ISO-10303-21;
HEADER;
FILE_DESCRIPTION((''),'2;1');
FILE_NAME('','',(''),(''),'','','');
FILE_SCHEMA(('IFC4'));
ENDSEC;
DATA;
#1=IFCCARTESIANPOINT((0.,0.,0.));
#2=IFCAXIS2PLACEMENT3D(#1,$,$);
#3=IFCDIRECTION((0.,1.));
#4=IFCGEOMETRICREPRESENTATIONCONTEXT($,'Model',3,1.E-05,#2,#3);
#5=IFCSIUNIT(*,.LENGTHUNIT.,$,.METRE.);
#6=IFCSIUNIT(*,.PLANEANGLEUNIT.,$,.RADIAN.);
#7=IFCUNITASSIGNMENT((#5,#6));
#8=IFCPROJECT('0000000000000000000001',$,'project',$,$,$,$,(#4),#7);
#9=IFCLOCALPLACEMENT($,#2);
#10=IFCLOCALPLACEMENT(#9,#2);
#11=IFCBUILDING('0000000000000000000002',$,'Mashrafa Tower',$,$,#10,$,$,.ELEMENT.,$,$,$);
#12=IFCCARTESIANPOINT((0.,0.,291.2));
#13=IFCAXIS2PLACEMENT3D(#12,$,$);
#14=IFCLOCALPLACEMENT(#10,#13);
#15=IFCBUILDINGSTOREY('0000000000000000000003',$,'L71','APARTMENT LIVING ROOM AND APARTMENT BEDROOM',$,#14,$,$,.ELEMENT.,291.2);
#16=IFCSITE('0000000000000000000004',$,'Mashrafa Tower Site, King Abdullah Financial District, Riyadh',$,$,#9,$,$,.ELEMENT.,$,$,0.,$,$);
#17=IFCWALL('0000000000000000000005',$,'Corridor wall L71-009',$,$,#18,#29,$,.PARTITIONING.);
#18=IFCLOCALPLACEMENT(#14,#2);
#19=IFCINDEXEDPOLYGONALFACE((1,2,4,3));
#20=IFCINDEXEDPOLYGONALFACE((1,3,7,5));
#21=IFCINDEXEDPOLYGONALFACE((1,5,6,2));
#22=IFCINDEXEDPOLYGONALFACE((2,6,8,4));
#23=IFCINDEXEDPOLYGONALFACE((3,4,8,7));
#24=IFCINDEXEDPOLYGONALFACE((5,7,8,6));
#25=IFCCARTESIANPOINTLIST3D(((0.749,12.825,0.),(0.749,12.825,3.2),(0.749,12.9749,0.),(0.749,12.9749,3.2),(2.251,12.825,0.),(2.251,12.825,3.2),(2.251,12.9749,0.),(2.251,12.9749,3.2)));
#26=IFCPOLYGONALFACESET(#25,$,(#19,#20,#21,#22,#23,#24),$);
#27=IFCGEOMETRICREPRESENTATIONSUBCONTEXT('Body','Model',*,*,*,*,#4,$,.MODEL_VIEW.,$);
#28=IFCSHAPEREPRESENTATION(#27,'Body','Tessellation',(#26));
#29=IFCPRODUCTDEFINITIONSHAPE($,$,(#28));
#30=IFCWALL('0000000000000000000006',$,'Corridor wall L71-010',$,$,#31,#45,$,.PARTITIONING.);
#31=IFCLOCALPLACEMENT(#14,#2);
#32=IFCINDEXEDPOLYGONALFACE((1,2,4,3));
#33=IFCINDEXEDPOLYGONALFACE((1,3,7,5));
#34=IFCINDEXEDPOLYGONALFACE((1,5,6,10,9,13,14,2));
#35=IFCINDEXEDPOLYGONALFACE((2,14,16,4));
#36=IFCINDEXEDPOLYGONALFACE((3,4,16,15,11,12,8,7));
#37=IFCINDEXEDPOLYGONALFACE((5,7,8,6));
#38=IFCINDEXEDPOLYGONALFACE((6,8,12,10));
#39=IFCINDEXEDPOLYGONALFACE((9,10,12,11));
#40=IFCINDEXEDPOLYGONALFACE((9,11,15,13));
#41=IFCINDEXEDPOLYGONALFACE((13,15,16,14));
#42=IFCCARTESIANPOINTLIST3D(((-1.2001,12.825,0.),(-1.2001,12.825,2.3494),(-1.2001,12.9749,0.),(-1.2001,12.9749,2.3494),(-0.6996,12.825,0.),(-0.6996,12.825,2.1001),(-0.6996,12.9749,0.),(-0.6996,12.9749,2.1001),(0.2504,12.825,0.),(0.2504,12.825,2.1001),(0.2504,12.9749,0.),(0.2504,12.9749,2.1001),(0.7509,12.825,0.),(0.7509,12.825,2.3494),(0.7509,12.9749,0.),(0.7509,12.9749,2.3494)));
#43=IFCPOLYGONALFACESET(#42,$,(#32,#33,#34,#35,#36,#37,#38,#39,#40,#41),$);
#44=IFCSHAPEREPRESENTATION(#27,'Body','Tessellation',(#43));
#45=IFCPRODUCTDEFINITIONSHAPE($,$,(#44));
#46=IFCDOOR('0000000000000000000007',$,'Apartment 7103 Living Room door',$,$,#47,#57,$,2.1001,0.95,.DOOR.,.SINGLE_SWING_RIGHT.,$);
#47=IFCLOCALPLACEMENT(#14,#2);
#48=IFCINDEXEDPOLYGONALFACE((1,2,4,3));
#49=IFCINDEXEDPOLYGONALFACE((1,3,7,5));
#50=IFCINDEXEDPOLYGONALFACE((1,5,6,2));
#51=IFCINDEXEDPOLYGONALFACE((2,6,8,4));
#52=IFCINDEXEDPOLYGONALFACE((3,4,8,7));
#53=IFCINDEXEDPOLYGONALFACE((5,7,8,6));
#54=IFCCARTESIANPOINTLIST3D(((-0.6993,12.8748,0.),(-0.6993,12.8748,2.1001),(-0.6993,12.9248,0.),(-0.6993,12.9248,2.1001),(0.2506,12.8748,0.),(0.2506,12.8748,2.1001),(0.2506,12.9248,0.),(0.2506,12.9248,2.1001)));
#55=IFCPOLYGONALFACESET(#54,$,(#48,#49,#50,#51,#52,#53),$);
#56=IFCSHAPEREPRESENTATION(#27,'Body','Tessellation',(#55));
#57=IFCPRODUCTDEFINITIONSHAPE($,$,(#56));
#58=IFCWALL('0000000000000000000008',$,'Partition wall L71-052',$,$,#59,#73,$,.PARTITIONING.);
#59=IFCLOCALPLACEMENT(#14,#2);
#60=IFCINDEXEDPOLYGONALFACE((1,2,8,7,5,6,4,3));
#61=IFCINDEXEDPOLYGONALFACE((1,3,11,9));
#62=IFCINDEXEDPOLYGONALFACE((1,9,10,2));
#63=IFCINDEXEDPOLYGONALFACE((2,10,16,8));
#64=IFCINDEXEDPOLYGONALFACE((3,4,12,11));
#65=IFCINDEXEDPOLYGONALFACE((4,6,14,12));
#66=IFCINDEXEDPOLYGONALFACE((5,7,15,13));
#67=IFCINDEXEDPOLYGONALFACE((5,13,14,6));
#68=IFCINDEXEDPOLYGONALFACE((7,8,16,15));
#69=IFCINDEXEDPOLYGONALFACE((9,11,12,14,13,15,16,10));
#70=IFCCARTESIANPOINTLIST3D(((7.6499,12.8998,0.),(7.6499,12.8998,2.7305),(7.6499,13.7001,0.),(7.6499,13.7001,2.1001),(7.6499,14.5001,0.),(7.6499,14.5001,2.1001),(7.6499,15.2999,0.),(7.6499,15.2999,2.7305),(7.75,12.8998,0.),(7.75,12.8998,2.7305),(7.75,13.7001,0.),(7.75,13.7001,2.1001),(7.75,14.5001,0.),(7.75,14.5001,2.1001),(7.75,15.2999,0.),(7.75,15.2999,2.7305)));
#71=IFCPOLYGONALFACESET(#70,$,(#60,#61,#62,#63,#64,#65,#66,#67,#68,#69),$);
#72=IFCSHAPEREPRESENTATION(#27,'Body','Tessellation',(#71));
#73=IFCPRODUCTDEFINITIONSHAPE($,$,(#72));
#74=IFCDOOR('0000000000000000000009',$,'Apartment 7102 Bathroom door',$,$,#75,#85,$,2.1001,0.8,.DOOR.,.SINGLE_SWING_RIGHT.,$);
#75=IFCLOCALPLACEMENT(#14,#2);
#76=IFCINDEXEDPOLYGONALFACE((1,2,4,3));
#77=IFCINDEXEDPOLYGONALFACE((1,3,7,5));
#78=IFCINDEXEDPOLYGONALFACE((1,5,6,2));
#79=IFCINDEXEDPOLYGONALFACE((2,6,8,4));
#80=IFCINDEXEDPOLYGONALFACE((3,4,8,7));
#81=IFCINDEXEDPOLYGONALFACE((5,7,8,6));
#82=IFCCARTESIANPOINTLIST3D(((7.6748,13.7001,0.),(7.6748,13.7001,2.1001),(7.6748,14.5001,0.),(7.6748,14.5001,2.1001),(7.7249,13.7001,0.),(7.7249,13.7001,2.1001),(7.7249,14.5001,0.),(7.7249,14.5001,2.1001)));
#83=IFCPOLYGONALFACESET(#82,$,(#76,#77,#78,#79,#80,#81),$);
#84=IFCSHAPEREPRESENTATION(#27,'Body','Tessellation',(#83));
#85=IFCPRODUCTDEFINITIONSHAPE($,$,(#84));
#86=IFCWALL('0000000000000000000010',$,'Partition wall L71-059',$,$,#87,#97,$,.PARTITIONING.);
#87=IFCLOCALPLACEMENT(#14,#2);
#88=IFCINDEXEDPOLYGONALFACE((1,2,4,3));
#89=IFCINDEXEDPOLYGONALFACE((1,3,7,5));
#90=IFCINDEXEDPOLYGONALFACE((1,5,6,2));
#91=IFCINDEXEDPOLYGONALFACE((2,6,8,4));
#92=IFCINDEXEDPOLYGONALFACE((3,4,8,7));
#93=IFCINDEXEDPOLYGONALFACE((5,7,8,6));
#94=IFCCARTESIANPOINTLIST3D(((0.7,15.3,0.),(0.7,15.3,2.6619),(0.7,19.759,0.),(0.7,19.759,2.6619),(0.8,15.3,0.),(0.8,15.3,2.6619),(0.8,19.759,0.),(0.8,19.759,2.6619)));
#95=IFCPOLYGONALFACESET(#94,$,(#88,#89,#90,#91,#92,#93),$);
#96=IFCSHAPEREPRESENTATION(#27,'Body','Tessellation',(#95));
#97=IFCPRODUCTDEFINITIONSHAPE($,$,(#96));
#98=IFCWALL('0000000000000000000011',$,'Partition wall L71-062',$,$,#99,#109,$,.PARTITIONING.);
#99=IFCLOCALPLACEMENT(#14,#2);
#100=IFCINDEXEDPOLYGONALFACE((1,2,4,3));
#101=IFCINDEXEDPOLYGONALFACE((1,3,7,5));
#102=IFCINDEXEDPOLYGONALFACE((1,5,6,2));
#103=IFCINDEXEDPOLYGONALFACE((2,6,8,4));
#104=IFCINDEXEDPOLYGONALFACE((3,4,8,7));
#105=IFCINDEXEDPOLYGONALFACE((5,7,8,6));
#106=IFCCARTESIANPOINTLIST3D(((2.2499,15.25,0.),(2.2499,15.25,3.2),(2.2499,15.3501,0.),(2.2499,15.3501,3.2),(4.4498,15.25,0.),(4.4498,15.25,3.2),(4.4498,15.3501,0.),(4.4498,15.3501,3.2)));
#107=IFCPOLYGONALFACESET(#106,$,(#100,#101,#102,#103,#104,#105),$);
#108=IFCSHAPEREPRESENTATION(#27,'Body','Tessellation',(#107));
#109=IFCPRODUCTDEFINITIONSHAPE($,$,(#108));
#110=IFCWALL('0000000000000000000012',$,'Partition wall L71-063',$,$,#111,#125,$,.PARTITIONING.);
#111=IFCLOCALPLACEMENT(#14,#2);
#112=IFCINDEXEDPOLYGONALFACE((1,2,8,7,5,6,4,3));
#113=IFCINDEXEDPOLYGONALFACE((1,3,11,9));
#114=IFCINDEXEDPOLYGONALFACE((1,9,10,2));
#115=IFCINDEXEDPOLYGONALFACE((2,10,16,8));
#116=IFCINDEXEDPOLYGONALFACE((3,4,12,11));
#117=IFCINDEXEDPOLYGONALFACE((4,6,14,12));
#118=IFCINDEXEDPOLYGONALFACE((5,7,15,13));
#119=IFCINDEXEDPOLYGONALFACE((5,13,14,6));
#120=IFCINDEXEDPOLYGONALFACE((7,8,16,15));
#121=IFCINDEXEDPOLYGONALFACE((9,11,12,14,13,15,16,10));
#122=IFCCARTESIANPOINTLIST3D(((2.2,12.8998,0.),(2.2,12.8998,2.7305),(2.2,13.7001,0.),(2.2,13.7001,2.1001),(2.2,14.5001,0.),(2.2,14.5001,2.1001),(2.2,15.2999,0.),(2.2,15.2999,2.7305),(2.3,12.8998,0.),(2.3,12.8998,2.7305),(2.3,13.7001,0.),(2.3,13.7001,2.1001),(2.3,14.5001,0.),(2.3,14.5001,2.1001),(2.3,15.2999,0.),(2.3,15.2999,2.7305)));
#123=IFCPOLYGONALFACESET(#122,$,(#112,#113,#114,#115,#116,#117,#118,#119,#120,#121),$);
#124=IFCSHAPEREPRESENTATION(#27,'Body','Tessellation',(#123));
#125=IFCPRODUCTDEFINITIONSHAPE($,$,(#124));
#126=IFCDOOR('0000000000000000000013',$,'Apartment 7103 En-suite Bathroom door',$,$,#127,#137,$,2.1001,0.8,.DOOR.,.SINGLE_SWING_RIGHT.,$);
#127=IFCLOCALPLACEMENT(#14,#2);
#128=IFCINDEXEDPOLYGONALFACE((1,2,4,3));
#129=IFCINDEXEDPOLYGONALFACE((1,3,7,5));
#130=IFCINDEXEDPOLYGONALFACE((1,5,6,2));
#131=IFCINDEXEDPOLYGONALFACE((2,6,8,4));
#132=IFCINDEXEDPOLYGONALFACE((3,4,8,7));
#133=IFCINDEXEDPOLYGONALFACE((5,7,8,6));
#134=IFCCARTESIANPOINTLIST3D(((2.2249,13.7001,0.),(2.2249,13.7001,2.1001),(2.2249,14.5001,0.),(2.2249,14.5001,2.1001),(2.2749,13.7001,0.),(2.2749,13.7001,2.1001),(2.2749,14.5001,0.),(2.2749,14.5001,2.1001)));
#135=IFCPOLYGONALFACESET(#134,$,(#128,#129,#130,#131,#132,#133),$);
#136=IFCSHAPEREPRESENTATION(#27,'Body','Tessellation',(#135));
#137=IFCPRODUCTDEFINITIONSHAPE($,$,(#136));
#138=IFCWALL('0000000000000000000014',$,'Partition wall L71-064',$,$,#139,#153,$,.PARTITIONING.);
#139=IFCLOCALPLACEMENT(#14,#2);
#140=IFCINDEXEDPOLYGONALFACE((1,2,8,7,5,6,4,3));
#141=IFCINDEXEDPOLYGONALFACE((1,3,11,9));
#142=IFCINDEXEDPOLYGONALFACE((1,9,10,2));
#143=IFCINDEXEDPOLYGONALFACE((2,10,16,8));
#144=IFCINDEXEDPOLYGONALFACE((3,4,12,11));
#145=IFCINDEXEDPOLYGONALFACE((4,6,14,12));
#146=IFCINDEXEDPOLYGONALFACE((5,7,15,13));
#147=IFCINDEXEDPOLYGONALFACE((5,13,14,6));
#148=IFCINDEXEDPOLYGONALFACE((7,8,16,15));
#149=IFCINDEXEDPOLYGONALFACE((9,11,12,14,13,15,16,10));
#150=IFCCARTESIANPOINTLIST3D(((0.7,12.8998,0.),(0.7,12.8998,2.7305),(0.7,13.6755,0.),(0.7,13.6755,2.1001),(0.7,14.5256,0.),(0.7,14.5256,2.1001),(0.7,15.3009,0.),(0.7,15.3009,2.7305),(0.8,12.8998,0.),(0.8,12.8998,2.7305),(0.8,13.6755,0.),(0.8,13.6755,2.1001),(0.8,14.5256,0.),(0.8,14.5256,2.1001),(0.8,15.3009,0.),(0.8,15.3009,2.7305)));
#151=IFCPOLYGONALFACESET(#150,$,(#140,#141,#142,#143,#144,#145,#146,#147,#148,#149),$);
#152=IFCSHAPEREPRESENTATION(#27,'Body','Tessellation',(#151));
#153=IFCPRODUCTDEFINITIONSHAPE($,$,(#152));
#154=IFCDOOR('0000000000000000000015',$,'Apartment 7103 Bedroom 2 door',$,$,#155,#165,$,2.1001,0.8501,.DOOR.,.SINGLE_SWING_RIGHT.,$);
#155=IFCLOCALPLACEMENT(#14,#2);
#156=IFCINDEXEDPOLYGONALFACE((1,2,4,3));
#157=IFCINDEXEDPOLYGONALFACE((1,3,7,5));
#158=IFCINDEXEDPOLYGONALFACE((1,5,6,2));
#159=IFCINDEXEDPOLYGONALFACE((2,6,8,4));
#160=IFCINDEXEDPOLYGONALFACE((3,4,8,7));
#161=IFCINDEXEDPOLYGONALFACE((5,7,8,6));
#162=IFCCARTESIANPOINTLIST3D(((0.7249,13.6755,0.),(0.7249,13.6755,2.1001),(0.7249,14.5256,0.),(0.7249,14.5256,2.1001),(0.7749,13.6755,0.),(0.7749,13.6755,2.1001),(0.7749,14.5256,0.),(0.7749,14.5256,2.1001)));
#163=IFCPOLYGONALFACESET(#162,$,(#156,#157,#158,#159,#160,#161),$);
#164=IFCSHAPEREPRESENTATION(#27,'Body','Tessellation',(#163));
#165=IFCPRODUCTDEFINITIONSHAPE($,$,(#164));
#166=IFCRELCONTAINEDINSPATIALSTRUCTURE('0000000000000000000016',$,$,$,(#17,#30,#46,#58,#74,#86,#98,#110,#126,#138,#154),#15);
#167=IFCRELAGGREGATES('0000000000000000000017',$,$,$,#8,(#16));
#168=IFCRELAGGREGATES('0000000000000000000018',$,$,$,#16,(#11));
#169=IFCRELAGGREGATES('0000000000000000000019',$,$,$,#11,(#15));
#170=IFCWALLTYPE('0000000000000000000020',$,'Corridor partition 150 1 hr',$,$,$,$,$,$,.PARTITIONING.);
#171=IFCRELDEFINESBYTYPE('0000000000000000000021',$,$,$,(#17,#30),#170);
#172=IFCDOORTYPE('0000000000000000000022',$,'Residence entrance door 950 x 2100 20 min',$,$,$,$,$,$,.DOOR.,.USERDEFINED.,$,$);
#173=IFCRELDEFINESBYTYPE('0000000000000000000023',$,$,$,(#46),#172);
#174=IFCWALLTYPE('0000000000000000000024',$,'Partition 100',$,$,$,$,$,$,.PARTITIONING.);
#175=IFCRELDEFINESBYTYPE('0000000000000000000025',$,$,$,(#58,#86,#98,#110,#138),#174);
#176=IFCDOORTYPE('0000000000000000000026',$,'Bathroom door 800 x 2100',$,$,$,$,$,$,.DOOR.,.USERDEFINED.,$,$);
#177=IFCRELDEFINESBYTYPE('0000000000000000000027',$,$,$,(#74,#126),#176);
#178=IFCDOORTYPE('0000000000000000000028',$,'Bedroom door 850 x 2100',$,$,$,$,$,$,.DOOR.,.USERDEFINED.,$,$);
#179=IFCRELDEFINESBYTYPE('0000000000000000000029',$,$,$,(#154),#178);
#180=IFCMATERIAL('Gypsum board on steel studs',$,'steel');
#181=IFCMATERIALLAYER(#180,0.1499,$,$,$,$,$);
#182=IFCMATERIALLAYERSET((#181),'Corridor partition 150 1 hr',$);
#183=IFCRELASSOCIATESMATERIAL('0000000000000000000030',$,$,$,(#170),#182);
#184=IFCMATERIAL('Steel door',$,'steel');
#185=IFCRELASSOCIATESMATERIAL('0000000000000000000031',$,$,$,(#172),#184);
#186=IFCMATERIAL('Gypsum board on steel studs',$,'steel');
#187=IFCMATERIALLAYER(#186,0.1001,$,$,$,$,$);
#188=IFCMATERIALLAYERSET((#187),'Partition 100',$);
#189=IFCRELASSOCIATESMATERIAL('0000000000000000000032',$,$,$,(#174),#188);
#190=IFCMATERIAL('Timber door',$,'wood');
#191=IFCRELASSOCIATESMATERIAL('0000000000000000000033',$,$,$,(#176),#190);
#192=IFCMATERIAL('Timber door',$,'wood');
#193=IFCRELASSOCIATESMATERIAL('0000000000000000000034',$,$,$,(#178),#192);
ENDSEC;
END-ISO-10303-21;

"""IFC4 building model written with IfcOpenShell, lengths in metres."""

from ifc_helpers import new_model, si_unit, direction, frame, frame_2d, origin, place, context, subcontext, project, spatial, rectangle, extrude, material, layer, layer_set, type_object, element, fill, save


model = new_model("IFC4")

# Units and contexts
model_context = context("Model", 3, precision=1e-05, world=origin(), true_north=direction((0.0, 1.0)))
body_context = subcontext(model_context, "Body", "Model", "MODEL_VIEW")
ifc_project = project(units=[si_unit("LENGTHUNIT", "METRE"), si_unit("PLANEANGLEUNIT", "RADIAN")], contexts=[model_context])

# Site, building, storey
site_placement = place(None, origin())
site = spatial("IfcSite", under=ifc_project, at=site_placement, Name="Mashrafa Tower Site, King Abdullah Financial District, Riyadh", CompositionType="ELEMENT", RefElevation=0.0)
building_placement = place(site_placement, origin())
building = spatial("IfcBuilding", under=site, at=building_placement, Name="Mashrafa Tower", CompositionType="ELEMENT")
storey_placement = place(building_placement, frame((0.0, 0.0, 291.2)))
storey = spatial("IfcBuildingStorey", under=building, at=storey_placement, Name="L71", Description="APARTMENT LIVING ROOM AND APARTMENT BEDROOM", CompositionType="ELEMENT", Elevation=291.2)

# Shared definitions
ifc_material_1 = material(Name="Gypsum board on steel studs", Category="steel")
ifc_layer_1 = layer(ifc_material_1, 0.1499)
ifc_layer_set_1 = layer_set([ifc_layer_1], Name="Corridor partition 150 1 hr")
wall_type_1 = type_object("IfcWallType", Name="Corridor partition 150 1 hr", PredefinedType="PARTITIONING", material=ifc_layer_set_1)

# Shared definitions
ifc_material_2 = material(Name="Steel door", Category="steel")
door_type_1 = type_object("IfcDoorType", Name="Residence entrance door 950 x 2100 20 min", OperationType="USERDEFINED", PredefinedType="DOOR", material=ifc_material_2)

# Wall
wall_1_placement = place(storey_placement, frame((2.251, 12.8999, 0.0), z_axis=(0.0, 0.0, 1.0), x_axis=(-1.0, 0.0, 0.0)))
element("IfcWall", 1, at=wall_1_placement, inside=storey, type_object=wall_type_1, Name="Corridor wall L71-009", PredefinedType="PARTITIONING", context=body_context, shape_type="SweptSolid", body=[
    extrude(rectangle(XDim=1.502, YDim=0.1499, at=frame_2d((0.751, 0.0))), origin(), (0.0, 0.0, 1.0), 3.2),
])

# Walls, openings, doors
wall_2_placement = place(storey_placement, frame((0.751, 12.8999, 0.0), z_axis=(0.0, 0.0, 1.0), x_axis=(-1.0, 0.0, 0.0)))
wall_2 = element("IfcWall", 2, at=wall_2_placement, inside=storey, type_object=wall_type_1, Name="Corridor wall L71-010", PredefinedType="PARTITIONING", context=body_context, shape_type="SweptSolid", body=[
    extrude(rectangle(XDim=1.9509, YDim=0.1499, at=frame_2d((0.9756, 0.0))), origin(), (0.0, 0.0, 1.0), 2.3494),
])
opening_1_placement = place(wall_2_placement, frame((0.5005, 0.0, 0.0)))
opening_1 = element("IfcOpeningElement", 3, at=opening_1_placement, cuts=wall_2, PredefinedType="OPENING", context=body_context, shape_type="SweptSolid", body=[
    extrude(rectangle(XDim=0.95, YDim=2.1001, at=frame_2d((0.4751, 1.05))), frame((0.0, 0.085, 0.0), z_axis=(0.0, -1.0, 0.0), x_axis=(1.0, 0.0, 0.0)), (0.0, 0.0, 1.0), 0.1699),
])
door_1_placement = place(opening_1_placement, frame((0.95, 0.0, 0.0), z_axis=(0.0, 0.0, 1.0), x_axis=(-1.0, 0.0, 0.0)))
door_1 = element("IfcDoor", 4, at=door_1_placement, inside=storey, type_object=door_type_1, Name="Apartment 7103 Living Room door", OperationType="SINGLE_SWING_RIGHT", OverallHeight=2.1001, OverallWidth=0.95, PredefinedType="DOOR", context=body_context, shape_type="SweptSolid", body=[
    extrude(rectangle(XDim=0.95, YDim=2.1001, at=frame_2d((0.4751, 1.05))), frame((0.0, 0.0249, 0.0), z_axis=(0.0, -1.0, 0.0), x_axis=(1.0, 0.0, 0.0)), (0.0, 0.0, 1.0), 0.05),
])
fill(opening_1, door_1)
ifc_material_3 = material(Name="Gypsum board on steel studs", Category="steel")
ifc_layer_2 = layer(ifc_material_3, 0.1001)
ifc_layer_set_2 = layer_set([ifc_layer_2], Name="Partition 100")
wall_type_2 = type_object("IfcWallType", Name="Partition 100", PredefinedType="PARTITIONING", material=ifc_layer_set_2)
wall_3_placement = place(storey_placement, frame((7.7, 15.3, 0.0), z_axis=(0.0, 0.0, 1.0), x_axis=(0.0, -1.0, 0.0)))
wall_3 = element("IfcWall", 5, at=wall_3_placement, inside=storey, type_object=wall_type_2, Name="Partition wall L71-052", PredefinedType="PARTITIONING", context=body_context, shape_type="SweptSolid", body=[
    extrude(rectangle(XDim=2.4001, YDim=0.1001, at=frame_2d((1.2002, 0.0))), origin(), (0.0, 0.0, 1.0), 2.7305),
])
opening_2_placement = place(wall_3_placement, frame((0.8, 0.0, 0.0)))
opening_2 = element("IfcOpeningElement", 6, at=opening_2_placement, cuts=wall_3, PredefinedType="OPENING", context=body_context, shape_type="SweptSolid", body=[
    extrude(rectangle(XDim=0.8, YDim=2.1001, at=frame_2d((0.3999, 1.05))), frame((0.0, 0.0601, 0.0), z_axis=(0.0, -1.0, 0.0), x_axis=(1.0, 0.0, 0.0)), (0.0, 0.0, 1.0), 0.1201),
])
ifc_material_4 = material(Name="Timber door", Category="wood")
door_type_2 = type_object("IfcDoorType", Name="Bathroom door 800 x 2100", OperationType="USERDEFINED", PredefinedType="DOOR", material=ifc_material_4)
door_2_placement = place(opening_2_placement, origin())
door_2 = element("IfcDoor", 7, at=door_2_placement, inside=storey, type_object=door_type_2, Name="Apartment 7102 Bathroom door", OperationType="SINGLE_SWING_RIGHT", OverallHeight=2.1001, OverallWidth=0.8, PredefinedType="DOOR", context=body_context, shape_type="SweptSolid", body=[
    extrude(rectangle(XDim=0.8, YDim=2.1001, at=frame_2d((0.3999, 1.05))), frame((0.0, 0.0249, 0.0), z_axis=(0.0, -1.0, 0.0), x_axis=(1.0, 0.0, 0.0)), (0.0, 0.0, 1.0), 0.05),
])
fill(opening_2, door_2)

# Walls
wall_4_placement = place(storey_placement, frame((0.75, 15.3, 0.0), z_axis=(0.0, 0.0, 1.0), x_axis=(0.0, 1.0, 0.0)))
element("IfcWall", 8, at=wall_4_placement, inside=storey, type_object=wall_type_2, Name="Partition wall L71-059", PredefinedType="PARTITIONING", context=body_context, shape_type="SweptSolid", body=[
    extrude(rectangle(XDim=4.459, YDim=0.1001, at=frame_2d((2.2295, 0.0))), origin(), (0.0, 0.0, 1.0), 2.6619),
])
wall_5_placement = place(storey_placement, frame((4.45, 15.3, 0.0), z_axis=(0.0, 0.0, 1.0), x_axis=(-1.0, 0.0, 0.0)))
element("IfcWall", 9, at=wall_5_placement, inside=storey, type_object=wall_type_2, Name="Partition wall L71-062", PredefinedType="PARTITIONING", context=body_context, shape_type="SweptSolid", body=[
    extrude(rectangle(XDim=2.2, YDim=0.1001, at=frame_2d((1.1001, 0.0))), origin(), (0.0, 0.0, 1.0), 3.2),
])

# Walls, openings, doors
wall_6_placement = place(storey_placement, frame((2.25, 15.3, 0.0), z_axis=(0.0, 0.0, 1.0), x_axis=(0.0, -1.0, 0.0)))
wall_6 = element("IfcWall", 10, at=wall_6_placement, inside=storey, type_object=wall_type_2, Name="Partition wall L71-063", PredefinedType="PARTITIONING", context=body_context, shape_type="SweptSolid", body=[
    extrude(rectangle(XDim=2.4001, YDim=0.1001, at=frame_2d((1.2002, 0.0))), origin(), (0.0, 0.0, 1.0), 2.7305),
])
opening_3_placement = place(wall_6_placement, frame((0.8, 0.0, 0.0)))
opening_3 = element("IfcOpeningElement", 11, at=opening_3_placement, cuts=wall_6, PredefinedType="OPENING", context=body_context, shape_type="SweptSolid", body=[
    extrude(rectangle(XDim=0.8, YDim=2.1001, at=frame_2d((0.3999, 1.05))), frame((0.0, 0.0601, 0.0), z_axis=(0.0, -1.0, 0.0), x_axis=(1.0, 0.0, 0.0)), (0.0, 0.0, 1.0), 0.1201),
])
door_3_placement = place(opening_3_placement, origin())
door_3 = element("IfcDoor", 12, at=door_3_placement, inside=storey, type_object=door_type_2, Name="Apartment 7103 En-suite Bathroom door", OperationType="SINGLE_SWING_RIGHT", OverallHeight=2.1001, OverallWidth=0.8, PredefinedType="DOOR", context=body_context, shape_type="SweptSolid", body=[
    extrude(rectangle(XDim=0.8, YDim=2.1001, at=frame_2d((0.3999, 1.05))), frame((0.0, 0.0249, 0.0), z_axis=(0.0, -1.0, 0.0), x_axis=(1.0, 0.0, 0.0)), (0.0, 0.0, 1.0), 0.05),
])
fill(opening_3, door_3)
wall_7_placement = place(storey_placement, frame((0.75, 15.301, 0.0), z_axis=(0.0, 0.0, 1.0), x_axis=(0.0, -1.0, 0.0)))
wall_7 = element("IfcWall", 13, at=wall_7_placement, inside=storey, type_object=wall_type_2, Name="Partition wall L71-064", PredefinedType="PARTITIONING", context=body_context, shape_type="SweptSolid", body=[
    extrude(rectangle(XDim=2.4011, YDim=0.1001, at=frame_2d((1.2007, 0.0))), origin(), (0.0, 0.0, 1.0), 2.7305),
])
opening_4_placement = place(wall_7_placement, frame((0.7754, 0.0, 0.0)))
opening_4 = element("IfcOpeningElement", 14, at=opening_4_placement, cuts=wall_7, PredefinedType="OPENING", context=body_context, shape_type="SweptSolid", body=[
    extrude(rectangle(XDim=0.8501, YDim=2.1001, at=frame_2d((0.425, 1.05))), frame((0.0, 0.0601, 0.0), z_axis=(0.0, -1.0, 0.0), x_axis=(1.0, 0.0, 0.0)), (0.0, 0.0, 1.0), 0.1201),
])
ifc_material_5 = material(Name="Timber door", Category="wood")
door_type_3 = type_object("IfcDoorType", Name="Bedroom door 850 x 2100", OperationType="USERDEFINED", PredefinedType="DOOR", material=ifc_material_5)
door_4_placement = place(opening_4_placement, origin())
door_4 = element("IfcDoor", 15, at=door_4_placement, inside=storey, type_object=door_type_3, Name="Apartment 7103 Bedroom 2 door", OperationType="SINGLE_SWING_RIGHT", OverallHeight=2.1001, OverallWidth=0.8501, PredefinedType="DOOR", context=body_context, shape_type="SweptSolid", body=[
    extrude(rectangle(XDim=0.8501, YDim=2.1001, at=frame_2d((0.425, 1.05))), frame((0.0, 0.0249, 0.0), z_axis=(0.0, -1.0, 0.0), x_axis=(1.0, 0.0, 0.0)), (0.0, 0.0, 1.0), 0.05),
])
fill(opening_4, door_4)

save(model, "model.ifc")
